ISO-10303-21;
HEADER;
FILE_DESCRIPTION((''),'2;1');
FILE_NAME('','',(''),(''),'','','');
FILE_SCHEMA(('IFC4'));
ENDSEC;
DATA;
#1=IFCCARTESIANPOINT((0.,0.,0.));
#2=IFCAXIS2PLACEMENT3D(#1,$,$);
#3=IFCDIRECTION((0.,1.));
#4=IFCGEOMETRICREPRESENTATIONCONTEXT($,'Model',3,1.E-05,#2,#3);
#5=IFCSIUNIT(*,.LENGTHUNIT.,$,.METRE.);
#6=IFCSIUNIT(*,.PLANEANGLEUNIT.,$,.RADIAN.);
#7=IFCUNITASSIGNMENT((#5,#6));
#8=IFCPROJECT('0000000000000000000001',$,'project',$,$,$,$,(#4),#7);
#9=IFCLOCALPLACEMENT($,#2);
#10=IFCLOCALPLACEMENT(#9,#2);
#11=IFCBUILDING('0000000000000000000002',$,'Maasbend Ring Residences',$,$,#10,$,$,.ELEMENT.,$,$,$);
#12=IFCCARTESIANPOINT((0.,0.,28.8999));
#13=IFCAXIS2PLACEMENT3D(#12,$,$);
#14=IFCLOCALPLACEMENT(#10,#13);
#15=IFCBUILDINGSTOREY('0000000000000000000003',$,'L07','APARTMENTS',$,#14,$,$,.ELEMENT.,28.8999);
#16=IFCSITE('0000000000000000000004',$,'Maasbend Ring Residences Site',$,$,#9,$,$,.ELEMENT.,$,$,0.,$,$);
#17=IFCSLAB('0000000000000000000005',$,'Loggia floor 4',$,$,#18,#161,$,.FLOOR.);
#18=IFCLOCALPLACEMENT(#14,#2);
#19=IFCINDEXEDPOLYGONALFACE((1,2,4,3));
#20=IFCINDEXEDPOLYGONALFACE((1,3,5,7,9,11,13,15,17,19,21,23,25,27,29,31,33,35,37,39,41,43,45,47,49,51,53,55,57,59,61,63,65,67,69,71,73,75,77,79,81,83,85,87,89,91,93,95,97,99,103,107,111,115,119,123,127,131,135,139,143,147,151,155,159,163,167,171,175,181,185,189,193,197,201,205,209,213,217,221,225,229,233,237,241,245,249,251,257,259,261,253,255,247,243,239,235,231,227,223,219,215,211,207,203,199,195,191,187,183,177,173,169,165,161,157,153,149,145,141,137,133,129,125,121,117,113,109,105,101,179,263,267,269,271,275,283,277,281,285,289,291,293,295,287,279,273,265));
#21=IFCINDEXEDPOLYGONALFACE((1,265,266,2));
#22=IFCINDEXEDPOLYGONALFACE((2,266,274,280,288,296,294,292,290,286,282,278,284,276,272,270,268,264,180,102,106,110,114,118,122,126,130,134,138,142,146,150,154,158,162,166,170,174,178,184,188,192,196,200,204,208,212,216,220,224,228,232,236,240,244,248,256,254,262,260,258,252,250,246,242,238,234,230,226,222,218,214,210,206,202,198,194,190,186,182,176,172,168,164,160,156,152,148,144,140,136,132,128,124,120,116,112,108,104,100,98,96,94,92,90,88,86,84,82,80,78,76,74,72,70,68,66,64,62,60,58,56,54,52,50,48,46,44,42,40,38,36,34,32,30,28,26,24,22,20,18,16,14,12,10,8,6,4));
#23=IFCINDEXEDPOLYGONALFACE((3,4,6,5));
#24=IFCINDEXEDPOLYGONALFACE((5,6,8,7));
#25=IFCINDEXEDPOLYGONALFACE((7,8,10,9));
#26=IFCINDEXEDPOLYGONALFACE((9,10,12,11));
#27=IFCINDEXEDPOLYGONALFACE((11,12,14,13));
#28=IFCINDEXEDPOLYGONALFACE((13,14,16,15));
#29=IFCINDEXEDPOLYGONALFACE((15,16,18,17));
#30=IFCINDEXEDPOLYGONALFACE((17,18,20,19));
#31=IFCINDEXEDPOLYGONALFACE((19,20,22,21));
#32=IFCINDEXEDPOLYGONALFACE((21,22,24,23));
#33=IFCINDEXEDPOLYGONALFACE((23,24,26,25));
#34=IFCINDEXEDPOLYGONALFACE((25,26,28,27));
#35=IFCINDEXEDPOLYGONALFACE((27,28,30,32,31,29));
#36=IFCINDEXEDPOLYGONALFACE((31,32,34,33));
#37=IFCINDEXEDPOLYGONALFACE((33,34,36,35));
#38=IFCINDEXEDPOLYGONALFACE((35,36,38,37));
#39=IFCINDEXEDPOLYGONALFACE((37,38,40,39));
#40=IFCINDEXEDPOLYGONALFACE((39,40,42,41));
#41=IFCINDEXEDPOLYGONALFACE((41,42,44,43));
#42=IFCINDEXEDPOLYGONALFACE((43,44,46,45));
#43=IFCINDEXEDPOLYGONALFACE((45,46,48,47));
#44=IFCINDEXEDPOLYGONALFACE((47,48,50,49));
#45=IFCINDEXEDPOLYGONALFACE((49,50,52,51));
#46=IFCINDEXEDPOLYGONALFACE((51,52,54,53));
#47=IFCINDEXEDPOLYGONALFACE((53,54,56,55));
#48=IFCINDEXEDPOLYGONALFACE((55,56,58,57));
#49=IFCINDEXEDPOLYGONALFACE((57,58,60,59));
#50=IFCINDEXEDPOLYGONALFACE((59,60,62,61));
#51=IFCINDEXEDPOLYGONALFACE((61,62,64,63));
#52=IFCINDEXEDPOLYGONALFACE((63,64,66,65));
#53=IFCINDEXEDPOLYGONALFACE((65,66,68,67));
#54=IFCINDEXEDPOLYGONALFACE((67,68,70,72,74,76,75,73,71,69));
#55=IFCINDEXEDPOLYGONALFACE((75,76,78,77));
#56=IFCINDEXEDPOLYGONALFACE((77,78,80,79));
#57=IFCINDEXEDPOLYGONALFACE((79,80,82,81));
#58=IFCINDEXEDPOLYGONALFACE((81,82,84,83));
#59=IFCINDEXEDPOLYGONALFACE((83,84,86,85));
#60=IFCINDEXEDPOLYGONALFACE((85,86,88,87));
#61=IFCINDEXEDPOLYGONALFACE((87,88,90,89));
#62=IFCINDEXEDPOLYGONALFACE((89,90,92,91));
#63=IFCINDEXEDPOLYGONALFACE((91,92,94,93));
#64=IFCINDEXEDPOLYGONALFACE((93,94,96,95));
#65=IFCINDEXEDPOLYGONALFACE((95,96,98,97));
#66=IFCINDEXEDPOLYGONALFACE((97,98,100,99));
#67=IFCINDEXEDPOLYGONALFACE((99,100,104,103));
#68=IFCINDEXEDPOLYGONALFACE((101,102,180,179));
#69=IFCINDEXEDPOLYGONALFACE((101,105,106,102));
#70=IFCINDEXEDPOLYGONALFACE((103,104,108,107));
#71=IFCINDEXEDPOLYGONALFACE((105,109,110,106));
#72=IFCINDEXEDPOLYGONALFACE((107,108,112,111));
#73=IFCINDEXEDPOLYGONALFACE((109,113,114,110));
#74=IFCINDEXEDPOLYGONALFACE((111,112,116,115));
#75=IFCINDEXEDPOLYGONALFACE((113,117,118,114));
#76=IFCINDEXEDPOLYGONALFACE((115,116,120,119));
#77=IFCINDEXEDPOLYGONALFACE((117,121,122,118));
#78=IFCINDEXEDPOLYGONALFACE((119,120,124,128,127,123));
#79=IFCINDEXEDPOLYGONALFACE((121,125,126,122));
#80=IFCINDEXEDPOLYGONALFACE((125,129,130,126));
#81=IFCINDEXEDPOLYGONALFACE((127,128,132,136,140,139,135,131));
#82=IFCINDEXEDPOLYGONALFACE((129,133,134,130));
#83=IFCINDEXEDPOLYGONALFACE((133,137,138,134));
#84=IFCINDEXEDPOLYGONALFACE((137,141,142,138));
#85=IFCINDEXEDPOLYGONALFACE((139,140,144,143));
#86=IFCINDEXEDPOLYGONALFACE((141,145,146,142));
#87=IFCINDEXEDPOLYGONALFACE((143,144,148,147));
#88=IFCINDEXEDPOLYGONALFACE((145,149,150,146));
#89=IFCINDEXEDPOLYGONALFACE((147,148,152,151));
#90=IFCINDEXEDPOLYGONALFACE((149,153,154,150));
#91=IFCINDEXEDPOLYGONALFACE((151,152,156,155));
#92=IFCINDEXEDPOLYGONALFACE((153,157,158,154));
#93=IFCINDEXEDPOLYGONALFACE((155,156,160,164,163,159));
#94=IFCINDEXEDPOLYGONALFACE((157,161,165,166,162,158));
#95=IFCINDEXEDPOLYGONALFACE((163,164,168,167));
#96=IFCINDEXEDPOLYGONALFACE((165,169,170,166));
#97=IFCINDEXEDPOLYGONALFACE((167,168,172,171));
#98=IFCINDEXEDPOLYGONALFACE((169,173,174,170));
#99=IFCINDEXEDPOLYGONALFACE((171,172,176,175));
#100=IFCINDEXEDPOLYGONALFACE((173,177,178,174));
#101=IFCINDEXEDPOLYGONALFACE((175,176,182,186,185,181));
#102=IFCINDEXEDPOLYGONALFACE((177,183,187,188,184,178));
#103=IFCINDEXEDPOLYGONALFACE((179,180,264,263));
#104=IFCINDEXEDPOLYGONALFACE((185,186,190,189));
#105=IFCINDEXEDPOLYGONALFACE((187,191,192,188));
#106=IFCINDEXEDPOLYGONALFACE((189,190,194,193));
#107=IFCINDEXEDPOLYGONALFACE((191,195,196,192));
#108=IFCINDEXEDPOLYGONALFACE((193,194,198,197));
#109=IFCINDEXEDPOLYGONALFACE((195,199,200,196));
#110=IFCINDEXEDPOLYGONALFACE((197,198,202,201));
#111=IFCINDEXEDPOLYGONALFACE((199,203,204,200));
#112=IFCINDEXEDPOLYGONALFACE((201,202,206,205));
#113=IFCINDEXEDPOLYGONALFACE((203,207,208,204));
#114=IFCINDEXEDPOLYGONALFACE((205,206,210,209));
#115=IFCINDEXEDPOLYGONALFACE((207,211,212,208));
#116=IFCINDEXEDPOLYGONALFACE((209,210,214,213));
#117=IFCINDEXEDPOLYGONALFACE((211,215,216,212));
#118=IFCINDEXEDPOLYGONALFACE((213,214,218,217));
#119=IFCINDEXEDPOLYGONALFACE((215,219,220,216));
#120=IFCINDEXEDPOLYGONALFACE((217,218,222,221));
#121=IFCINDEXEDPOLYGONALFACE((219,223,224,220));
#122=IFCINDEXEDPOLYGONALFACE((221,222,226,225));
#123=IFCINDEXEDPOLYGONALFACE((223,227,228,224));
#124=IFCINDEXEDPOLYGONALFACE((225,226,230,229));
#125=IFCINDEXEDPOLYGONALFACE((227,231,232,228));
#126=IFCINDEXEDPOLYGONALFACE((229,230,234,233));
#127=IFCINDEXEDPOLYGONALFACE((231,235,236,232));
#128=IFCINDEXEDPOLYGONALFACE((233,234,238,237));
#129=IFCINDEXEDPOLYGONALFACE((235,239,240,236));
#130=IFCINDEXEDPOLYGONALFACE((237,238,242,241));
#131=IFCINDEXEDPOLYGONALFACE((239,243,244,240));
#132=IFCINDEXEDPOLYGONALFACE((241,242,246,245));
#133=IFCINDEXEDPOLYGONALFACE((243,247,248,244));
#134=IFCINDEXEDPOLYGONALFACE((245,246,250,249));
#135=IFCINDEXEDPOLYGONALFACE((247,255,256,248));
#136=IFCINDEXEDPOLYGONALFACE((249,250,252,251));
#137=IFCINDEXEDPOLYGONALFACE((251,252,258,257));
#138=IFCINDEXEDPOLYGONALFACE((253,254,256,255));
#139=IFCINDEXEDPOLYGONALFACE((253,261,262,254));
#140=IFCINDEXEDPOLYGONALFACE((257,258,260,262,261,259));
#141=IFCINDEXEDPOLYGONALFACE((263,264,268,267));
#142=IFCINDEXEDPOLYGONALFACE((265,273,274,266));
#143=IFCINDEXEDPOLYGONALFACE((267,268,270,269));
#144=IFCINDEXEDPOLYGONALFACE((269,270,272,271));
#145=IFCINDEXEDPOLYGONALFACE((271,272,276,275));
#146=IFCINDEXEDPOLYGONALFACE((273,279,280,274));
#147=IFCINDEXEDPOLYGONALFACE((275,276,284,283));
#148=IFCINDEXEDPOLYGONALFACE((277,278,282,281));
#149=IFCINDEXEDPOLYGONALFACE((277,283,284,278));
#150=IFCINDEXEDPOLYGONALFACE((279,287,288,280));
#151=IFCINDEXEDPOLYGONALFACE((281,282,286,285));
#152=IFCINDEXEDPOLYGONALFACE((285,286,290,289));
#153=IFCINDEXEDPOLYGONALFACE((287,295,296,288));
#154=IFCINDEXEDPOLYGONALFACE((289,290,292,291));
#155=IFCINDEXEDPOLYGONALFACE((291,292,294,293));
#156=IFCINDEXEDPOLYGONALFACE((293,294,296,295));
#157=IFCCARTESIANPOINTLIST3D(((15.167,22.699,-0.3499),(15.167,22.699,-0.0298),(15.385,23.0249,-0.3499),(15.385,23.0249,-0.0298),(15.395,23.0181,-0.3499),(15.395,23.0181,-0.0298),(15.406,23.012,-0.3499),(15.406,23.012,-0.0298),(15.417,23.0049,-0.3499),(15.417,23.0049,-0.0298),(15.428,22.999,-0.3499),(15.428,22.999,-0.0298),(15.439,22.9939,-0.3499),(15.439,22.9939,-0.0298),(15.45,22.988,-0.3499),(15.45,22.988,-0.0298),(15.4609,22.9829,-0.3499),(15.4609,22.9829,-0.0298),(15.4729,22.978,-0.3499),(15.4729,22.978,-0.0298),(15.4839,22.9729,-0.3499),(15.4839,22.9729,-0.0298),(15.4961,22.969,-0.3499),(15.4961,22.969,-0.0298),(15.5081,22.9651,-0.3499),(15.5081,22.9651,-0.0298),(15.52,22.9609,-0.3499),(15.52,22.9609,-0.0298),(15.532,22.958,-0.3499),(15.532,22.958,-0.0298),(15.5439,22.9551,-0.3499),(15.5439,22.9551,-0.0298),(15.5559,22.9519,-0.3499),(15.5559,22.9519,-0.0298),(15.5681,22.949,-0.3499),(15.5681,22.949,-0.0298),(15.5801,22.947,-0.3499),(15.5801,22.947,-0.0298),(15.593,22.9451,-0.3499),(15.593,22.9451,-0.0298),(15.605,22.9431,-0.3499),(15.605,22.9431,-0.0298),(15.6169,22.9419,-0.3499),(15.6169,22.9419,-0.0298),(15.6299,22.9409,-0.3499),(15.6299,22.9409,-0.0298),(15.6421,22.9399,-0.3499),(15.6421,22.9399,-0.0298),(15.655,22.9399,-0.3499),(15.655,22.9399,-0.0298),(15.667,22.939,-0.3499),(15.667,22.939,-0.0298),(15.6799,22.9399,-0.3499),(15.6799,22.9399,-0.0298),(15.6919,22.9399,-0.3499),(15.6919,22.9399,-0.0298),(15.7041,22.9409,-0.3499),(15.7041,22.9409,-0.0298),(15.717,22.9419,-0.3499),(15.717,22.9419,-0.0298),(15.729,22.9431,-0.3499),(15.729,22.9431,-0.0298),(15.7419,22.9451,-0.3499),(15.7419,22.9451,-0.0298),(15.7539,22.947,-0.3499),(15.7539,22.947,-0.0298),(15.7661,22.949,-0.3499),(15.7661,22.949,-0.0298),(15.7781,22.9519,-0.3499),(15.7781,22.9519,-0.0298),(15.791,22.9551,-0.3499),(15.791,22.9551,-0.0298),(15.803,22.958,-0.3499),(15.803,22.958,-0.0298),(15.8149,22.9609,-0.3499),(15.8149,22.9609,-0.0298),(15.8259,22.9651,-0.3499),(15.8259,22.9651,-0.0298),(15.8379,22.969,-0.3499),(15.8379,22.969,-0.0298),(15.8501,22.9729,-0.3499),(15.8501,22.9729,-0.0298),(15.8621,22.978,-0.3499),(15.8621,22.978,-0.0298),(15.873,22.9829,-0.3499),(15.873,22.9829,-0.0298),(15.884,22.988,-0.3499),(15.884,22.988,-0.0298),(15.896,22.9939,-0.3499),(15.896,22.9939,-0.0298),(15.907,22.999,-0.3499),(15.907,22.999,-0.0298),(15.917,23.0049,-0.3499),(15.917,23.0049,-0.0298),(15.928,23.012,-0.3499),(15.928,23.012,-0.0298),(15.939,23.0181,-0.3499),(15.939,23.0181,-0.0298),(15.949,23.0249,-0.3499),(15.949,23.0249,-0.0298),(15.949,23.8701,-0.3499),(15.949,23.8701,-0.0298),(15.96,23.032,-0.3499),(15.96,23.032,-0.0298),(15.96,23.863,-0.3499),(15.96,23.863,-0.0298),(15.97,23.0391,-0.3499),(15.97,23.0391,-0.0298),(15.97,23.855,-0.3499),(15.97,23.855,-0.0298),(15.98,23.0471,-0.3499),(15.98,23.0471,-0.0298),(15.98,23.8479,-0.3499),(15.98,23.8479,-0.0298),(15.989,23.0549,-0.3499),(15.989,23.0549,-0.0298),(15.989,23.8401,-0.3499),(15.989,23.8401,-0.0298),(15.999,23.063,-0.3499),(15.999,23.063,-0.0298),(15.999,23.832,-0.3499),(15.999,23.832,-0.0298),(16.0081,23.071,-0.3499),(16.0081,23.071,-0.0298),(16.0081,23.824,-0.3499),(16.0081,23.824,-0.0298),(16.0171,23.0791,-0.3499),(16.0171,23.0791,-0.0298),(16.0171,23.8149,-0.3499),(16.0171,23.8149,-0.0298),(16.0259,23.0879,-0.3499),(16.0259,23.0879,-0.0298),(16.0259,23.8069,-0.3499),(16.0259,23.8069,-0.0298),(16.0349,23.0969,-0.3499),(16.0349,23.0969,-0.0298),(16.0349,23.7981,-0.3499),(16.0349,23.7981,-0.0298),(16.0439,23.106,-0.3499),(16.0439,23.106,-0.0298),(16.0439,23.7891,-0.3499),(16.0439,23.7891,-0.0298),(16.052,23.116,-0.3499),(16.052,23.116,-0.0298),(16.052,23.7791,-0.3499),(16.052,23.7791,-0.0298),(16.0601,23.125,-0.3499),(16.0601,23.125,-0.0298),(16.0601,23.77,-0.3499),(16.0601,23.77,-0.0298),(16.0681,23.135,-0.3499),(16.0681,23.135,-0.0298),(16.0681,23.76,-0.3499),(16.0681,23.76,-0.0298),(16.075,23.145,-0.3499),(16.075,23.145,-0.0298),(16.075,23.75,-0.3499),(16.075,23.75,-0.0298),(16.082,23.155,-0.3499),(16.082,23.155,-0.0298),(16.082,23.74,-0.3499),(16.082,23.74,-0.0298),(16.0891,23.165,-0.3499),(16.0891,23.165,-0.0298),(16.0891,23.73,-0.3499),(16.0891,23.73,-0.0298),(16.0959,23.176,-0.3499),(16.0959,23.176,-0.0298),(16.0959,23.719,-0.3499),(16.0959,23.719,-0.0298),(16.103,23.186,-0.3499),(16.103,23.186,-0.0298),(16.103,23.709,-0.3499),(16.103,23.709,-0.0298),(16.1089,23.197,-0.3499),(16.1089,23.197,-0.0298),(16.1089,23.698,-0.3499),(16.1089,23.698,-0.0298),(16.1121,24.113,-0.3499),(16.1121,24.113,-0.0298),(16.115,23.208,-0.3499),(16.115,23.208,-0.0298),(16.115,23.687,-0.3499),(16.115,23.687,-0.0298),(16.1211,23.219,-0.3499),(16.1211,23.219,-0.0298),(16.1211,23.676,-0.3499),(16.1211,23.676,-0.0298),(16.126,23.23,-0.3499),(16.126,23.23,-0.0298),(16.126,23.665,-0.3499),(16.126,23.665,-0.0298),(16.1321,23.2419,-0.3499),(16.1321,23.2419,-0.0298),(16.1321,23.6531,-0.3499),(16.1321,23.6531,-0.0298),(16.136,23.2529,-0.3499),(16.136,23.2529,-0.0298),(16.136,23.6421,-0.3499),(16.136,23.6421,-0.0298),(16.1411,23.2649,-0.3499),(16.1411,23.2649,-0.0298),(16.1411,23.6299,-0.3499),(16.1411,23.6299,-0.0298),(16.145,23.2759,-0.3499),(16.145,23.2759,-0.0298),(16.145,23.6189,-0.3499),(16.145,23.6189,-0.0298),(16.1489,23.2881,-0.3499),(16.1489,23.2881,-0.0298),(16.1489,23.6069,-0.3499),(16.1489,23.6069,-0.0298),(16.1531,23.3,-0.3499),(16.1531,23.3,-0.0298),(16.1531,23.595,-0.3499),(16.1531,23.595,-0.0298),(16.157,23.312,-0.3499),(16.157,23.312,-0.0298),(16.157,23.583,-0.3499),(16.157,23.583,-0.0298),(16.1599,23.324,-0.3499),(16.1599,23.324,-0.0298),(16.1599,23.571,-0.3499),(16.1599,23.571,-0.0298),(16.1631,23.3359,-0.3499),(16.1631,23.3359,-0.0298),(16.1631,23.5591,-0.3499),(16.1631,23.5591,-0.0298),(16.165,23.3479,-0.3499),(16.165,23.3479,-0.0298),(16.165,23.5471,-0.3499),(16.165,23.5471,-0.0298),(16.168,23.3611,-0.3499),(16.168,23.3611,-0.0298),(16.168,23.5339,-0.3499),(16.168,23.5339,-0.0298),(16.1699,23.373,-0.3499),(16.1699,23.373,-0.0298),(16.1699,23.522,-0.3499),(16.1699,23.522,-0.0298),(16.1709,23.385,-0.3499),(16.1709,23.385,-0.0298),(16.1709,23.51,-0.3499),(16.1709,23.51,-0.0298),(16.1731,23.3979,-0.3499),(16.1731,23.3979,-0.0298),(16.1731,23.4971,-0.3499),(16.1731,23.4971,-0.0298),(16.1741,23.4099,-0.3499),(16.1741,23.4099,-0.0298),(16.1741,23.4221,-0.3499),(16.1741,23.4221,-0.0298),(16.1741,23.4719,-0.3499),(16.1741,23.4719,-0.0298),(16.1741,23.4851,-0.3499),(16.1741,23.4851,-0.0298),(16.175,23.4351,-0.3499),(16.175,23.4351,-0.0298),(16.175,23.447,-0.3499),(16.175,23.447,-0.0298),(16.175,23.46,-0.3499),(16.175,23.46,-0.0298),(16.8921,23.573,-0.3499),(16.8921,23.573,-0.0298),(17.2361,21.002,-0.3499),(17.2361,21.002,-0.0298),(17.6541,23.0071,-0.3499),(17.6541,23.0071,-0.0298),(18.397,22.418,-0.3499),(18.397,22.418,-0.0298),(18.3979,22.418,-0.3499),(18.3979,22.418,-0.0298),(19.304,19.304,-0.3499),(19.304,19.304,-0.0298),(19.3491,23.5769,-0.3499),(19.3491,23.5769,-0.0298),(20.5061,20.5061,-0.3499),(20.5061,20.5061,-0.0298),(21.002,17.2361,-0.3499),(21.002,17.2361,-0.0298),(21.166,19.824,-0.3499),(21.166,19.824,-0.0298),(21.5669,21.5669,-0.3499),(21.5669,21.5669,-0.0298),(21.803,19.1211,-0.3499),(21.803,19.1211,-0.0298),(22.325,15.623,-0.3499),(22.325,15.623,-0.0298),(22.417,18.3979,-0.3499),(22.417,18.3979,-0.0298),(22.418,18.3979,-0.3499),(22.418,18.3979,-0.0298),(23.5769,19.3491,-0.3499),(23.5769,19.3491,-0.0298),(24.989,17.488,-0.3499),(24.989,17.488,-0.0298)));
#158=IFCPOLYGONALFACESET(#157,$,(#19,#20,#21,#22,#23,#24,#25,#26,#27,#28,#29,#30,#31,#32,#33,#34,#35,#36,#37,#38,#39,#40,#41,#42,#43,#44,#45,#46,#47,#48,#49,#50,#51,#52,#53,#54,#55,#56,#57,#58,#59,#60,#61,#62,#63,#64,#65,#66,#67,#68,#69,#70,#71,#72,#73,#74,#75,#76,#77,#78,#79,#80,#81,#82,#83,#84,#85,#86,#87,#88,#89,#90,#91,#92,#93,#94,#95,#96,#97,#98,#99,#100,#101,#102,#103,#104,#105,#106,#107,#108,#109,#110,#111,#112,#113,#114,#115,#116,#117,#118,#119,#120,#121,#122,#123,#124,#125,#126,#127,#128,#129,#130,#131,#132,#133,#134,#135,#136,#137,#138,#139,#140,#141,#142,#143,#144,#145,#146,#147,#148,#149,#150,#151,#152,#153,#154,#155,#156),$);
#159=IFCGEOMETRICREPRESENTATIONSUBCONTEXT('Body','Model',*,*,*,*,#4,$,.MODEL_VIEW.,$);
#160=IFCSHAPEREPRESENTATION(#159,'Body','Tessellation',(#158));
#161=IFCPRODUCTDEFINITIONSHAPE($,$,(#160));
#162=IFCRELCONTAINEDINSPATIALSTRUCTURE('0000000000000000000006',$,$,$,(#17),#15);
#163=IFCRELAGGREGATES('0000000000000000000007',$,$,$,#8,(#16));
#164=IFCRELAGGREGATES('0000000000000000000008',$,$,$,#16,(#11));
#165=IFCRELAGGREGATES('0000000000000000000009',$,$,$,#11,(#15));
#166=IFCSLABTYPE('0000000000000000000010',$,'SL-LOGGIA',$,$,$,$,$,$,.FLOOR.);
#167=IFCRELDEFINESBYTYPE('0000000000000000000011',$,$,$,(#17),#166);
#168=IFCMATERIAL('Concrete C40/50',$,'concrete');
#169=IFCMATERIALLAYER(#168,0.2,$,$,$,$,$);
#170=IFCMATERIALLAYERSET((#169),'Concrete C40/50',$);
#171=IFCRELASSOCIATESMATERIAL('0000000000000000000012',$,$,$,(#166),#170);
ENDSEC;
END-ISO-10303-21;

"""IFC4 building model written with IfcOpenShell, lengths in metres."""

from ifc_helpers import new_model, si_unit, direction, frame, origin, place, context, subcontext, project, spatial, polyline, outline, extrude, material, layer, layer_set, type_object, element, save


model = new_model("IFC4")

# Units and contexts
model_context = context("Model", 3, precision=1e-05, world=origin(), true_north=direction((0.0, 1.0)))
body_context = subcontext(model_context, "Body", "Model", "MODEL_VIEW")
ifc_project = project(units=[si_unit("LENGTHUNIT", "METRE"), si_unit("PLANEANGLEUNIT", "RADIAN")], contexts=[model_context])

# Site, building, storey
site_placement = place(None, origin())
site = spatial("IfcSite", under=ifc_project, at=site_placement, Name="Maasbend Ring Residences Site", CompositionType="ELEMENT", RefElevation=0.0)
building_placement = place(site_placement, origin())
building = spatial("IfcBuilding", under=site, at=building_placement, Name="Maasbend Ring Residences", CompositionType="ELEMENT")
storey_placement = place(building_placement, frame((0.0, 0.0, 28.8999)))
storey = spatial("IfcBuildingStorey", under=building, at=storey_placement, Name="L07", Description="APARTMENTS", CompositionType="ELEMENT", Elevation=28.8999)

# Slab
ifc_material_1 = material(Name="Concrete C40/50", Category="concrete")
ifc_layer_1 = layer(ifc_material_1, 0.2)
ifc_layer_set_1 = layer_set([ifc_layer_1], Name="Concrete C40/50")
slab_type_1 = type_object("IfcSlabType", Name="SL-LOGGIA", PredefinedType="FLOOR", material=ifc_layer_set_1)
slab_1_placement = place(storey_placement, frame((0.0, 0.0, -0.3499)))
element("IfcSlab", 1, at=slab_1_placement, inside=storey, type_object=slab_type_1, Name="Loggia floor 4", PredefinedType="FLOOR", context=body_context, shape_type="SweptSolid", body=[
    extrude(outline(polyline([(15.406, 23.012), (15.417, 23.0049), (15.428, 22.999), (15.439, 22.9939), (15.45, 22.988), (15.4609, 22.9829), (15.4729, 22.978), (15.4839, 22.9729), (15.4961, 22.969), (15.5081, 22.9651), (15.52, 22.9609), (15.532, 22.958), (15.5439, 22.9551), (15.5559, 22.9519), (15.5681, 22.949), (15.5801, 22.947), (15.593, 22.9451), (15.605, 22.9431), (15.6169, 22.9419), (15.6299, 22.9409), (15.6421, 22.9399), (15.655, 22.9399), (15.667, 22.939), (15.6799, 22.9399), (15.6919, 22.9399), (15.7041, 22.9409), (15.717, 22.9419), (15.729, 22.9431), (15.7419, 22.9451), (15.7539, 22.947), (15.7661, 22.949), (15.7781, 22.9519), (15.791, 22.9551), (15.803, 22.958), (15.8149, 22.9609), (15.8259, 22.9651), (15.8379, 22.969), (15.8501, 22.9729), (15.8621, 22.978), (15.873, 22.9829), (15.884, 22.988), (15.896, 22.9939), (15.907, 22.999), (15.917, 23.0049), (15.928, 23.012), (15.939, 23.0181), (15.949, 23.0249), (15.96, 23.032), (15.97, 23.0391), (15.98, 23.0471), (15.989, 23.0549), (15.999, 23.063), (16.0081, 23.071), (16.0171, 23.0791), (16.0259, 23.0879), (16.0349, 23.0969), (16.0439, 23.106), (16.052, 23.116), (16.0601, 23.125), (16.0681, 23.135), (16.075, 23.145), (16.082, 23.155), (16.0891, 23.165), (16.0959, 23.176), (16.103, 23.186), (16.1089, 23.197), (16.115, 23.208), (16.1211, 23.219), (16.126, 23.23), (16.1321, 23.2419), (16.136, 23.2529), (16.1411, 23.2649), (16.145, 23.2759), (16.1489, 23.2881), (16.1531, 23.3), (16.157, 23.312), (16.1599, 23.324), (16.1631, 23.3359), (16.165, 23.3479), (16.168, 23.3611), (16.1699, 23.373), (16.1709, 23.385), (16.1731, 23.3979), (16.1741, 23.4099), (16.1741, 23.4221), (16.175, 23.4351), (16.175, 23.447), (16.175, 23.46), (16.1741, 23.4719), (16.1741, 23.4851), (16.1731, 23.4971), (16.1709, 23.51), (16.1699, 23.522), (16.168, 23.5339), (16.165, 23.5471), (16.1631, 23.5591), (16.1599, 23.571), (16.157, 23.583), (16.1531, 23.595), (16.1489, 23.6069), (16.145, 23.6189), (16.1411, 23.6299), (16.136, 23.6421), (16.1321, 23.6531), (16.126, 23.665), (16.1211, 23.676), (16.115, 23.687), (16.1089, 23.698), (16.103, 23.709), (16.0959, 23.719), (16.0891, 23.73), (16.082, 23.74), (16.075, 23.75), (16.0681, 23.76), (16.0601, 23.77), (16.052, 23.7791), (16.0439, 23.7891), (16.0349, 23.7981), (16.0259, 23.8069), (16.0171, 23.8149), (16.0081, 23.824), (15.999, 23.832), (15.989, 23.8401), (15.98, 23.8479), (15.97, 23.855), (15.96, 23.863), (15.949, 23.8701), (15.949, 23.8701), (16.1121, 24.113), (16.1121, 24.113), (16.1121, 24.113), (16.8921, 23.573), (16.8921, 23.573), (17.6541, 23.0071), (17.6541, 23.0071), (18.397, 22.418), (18.397, 22.418), (18.397, 22.418), (18.397, 22.418), (18.397, 22.418), (18.397, 22.418), (18.397, 22.418), (18.397, 22.418), (18.397, 22.418), (18.397, 22.418), (18.397, 22.418), (18.3979, 22.418), (18.3979, 22.418), (18.3979, 22.418), (18.3979, 22.418), (18.3979, 22.418), (18.3979, 22.418), (19.3491, 23.5769), (19.3491, 23.5769), (19.3491, 23.5769), (21.5669, 21.5669), (21.5669, 21.5669), (21.5669, 21.5669), (20.5061, 20.5061), (20.5061, 20.5061), (20.5061, 20.5061), (20.5061, 20.5061), (20.5061, 20.5061), (20.5061, 20.5061), (20.5061, 20.5061), (20.5061, 20.5061), (20.5061, 20.5061), (20.5061, 20.5061), (20.5061, 20.5061), (20.5061, 20.5061), (20.5061, 20.5061), (20.5061, 20.5061), (20.5061, 20.5061), (20.5061, 20.5061), (20.5061, 20.5061), (21.166, 19.824), (21.166, 19.824), (21.803, 19.1211), (21.803, 19.1211), (22.417, 18.3979), (22.417, 18.3979), (22.417, 18.3979), (22.417, 18.3979), (22.417, 18.3979), (22.417, 18.3979), (22.417, 18.3979), (22.417, 18.3979), (22.417, 18.3979), (22.417, 18.3979), (22.417, 18.3979), (22.417, 18.3979), (22.418, 18.3979), (22.418, 18.3979), (22.418, 18.3979), (22.418, 18.3979), (22.418, 18.3979), (23.5769, 19.3491), (23.5769, 19.3491), (23.5769, 19.3491), (24.989, 17.488), (24.989, 17.488), (24.989, 17.488), (22.325, 15.623), (22.325, 15.623), (22.325, 15.623), (21.002, 17.2361), (19.304, 19.304), (19.304, 19.304), (19.304, 19.304), (17.2361, 21.002), (15.167, 22.699), (15.167, 22.699), (15.167, 22.699), (15.385, 23.0249), (15.385, 23.0249), (15.395, 23.0181), (15.406, 23.012)])), origin(), (0.0, 0.0, 1.0), 0.3201),
])

save(model, "model.ifc")
